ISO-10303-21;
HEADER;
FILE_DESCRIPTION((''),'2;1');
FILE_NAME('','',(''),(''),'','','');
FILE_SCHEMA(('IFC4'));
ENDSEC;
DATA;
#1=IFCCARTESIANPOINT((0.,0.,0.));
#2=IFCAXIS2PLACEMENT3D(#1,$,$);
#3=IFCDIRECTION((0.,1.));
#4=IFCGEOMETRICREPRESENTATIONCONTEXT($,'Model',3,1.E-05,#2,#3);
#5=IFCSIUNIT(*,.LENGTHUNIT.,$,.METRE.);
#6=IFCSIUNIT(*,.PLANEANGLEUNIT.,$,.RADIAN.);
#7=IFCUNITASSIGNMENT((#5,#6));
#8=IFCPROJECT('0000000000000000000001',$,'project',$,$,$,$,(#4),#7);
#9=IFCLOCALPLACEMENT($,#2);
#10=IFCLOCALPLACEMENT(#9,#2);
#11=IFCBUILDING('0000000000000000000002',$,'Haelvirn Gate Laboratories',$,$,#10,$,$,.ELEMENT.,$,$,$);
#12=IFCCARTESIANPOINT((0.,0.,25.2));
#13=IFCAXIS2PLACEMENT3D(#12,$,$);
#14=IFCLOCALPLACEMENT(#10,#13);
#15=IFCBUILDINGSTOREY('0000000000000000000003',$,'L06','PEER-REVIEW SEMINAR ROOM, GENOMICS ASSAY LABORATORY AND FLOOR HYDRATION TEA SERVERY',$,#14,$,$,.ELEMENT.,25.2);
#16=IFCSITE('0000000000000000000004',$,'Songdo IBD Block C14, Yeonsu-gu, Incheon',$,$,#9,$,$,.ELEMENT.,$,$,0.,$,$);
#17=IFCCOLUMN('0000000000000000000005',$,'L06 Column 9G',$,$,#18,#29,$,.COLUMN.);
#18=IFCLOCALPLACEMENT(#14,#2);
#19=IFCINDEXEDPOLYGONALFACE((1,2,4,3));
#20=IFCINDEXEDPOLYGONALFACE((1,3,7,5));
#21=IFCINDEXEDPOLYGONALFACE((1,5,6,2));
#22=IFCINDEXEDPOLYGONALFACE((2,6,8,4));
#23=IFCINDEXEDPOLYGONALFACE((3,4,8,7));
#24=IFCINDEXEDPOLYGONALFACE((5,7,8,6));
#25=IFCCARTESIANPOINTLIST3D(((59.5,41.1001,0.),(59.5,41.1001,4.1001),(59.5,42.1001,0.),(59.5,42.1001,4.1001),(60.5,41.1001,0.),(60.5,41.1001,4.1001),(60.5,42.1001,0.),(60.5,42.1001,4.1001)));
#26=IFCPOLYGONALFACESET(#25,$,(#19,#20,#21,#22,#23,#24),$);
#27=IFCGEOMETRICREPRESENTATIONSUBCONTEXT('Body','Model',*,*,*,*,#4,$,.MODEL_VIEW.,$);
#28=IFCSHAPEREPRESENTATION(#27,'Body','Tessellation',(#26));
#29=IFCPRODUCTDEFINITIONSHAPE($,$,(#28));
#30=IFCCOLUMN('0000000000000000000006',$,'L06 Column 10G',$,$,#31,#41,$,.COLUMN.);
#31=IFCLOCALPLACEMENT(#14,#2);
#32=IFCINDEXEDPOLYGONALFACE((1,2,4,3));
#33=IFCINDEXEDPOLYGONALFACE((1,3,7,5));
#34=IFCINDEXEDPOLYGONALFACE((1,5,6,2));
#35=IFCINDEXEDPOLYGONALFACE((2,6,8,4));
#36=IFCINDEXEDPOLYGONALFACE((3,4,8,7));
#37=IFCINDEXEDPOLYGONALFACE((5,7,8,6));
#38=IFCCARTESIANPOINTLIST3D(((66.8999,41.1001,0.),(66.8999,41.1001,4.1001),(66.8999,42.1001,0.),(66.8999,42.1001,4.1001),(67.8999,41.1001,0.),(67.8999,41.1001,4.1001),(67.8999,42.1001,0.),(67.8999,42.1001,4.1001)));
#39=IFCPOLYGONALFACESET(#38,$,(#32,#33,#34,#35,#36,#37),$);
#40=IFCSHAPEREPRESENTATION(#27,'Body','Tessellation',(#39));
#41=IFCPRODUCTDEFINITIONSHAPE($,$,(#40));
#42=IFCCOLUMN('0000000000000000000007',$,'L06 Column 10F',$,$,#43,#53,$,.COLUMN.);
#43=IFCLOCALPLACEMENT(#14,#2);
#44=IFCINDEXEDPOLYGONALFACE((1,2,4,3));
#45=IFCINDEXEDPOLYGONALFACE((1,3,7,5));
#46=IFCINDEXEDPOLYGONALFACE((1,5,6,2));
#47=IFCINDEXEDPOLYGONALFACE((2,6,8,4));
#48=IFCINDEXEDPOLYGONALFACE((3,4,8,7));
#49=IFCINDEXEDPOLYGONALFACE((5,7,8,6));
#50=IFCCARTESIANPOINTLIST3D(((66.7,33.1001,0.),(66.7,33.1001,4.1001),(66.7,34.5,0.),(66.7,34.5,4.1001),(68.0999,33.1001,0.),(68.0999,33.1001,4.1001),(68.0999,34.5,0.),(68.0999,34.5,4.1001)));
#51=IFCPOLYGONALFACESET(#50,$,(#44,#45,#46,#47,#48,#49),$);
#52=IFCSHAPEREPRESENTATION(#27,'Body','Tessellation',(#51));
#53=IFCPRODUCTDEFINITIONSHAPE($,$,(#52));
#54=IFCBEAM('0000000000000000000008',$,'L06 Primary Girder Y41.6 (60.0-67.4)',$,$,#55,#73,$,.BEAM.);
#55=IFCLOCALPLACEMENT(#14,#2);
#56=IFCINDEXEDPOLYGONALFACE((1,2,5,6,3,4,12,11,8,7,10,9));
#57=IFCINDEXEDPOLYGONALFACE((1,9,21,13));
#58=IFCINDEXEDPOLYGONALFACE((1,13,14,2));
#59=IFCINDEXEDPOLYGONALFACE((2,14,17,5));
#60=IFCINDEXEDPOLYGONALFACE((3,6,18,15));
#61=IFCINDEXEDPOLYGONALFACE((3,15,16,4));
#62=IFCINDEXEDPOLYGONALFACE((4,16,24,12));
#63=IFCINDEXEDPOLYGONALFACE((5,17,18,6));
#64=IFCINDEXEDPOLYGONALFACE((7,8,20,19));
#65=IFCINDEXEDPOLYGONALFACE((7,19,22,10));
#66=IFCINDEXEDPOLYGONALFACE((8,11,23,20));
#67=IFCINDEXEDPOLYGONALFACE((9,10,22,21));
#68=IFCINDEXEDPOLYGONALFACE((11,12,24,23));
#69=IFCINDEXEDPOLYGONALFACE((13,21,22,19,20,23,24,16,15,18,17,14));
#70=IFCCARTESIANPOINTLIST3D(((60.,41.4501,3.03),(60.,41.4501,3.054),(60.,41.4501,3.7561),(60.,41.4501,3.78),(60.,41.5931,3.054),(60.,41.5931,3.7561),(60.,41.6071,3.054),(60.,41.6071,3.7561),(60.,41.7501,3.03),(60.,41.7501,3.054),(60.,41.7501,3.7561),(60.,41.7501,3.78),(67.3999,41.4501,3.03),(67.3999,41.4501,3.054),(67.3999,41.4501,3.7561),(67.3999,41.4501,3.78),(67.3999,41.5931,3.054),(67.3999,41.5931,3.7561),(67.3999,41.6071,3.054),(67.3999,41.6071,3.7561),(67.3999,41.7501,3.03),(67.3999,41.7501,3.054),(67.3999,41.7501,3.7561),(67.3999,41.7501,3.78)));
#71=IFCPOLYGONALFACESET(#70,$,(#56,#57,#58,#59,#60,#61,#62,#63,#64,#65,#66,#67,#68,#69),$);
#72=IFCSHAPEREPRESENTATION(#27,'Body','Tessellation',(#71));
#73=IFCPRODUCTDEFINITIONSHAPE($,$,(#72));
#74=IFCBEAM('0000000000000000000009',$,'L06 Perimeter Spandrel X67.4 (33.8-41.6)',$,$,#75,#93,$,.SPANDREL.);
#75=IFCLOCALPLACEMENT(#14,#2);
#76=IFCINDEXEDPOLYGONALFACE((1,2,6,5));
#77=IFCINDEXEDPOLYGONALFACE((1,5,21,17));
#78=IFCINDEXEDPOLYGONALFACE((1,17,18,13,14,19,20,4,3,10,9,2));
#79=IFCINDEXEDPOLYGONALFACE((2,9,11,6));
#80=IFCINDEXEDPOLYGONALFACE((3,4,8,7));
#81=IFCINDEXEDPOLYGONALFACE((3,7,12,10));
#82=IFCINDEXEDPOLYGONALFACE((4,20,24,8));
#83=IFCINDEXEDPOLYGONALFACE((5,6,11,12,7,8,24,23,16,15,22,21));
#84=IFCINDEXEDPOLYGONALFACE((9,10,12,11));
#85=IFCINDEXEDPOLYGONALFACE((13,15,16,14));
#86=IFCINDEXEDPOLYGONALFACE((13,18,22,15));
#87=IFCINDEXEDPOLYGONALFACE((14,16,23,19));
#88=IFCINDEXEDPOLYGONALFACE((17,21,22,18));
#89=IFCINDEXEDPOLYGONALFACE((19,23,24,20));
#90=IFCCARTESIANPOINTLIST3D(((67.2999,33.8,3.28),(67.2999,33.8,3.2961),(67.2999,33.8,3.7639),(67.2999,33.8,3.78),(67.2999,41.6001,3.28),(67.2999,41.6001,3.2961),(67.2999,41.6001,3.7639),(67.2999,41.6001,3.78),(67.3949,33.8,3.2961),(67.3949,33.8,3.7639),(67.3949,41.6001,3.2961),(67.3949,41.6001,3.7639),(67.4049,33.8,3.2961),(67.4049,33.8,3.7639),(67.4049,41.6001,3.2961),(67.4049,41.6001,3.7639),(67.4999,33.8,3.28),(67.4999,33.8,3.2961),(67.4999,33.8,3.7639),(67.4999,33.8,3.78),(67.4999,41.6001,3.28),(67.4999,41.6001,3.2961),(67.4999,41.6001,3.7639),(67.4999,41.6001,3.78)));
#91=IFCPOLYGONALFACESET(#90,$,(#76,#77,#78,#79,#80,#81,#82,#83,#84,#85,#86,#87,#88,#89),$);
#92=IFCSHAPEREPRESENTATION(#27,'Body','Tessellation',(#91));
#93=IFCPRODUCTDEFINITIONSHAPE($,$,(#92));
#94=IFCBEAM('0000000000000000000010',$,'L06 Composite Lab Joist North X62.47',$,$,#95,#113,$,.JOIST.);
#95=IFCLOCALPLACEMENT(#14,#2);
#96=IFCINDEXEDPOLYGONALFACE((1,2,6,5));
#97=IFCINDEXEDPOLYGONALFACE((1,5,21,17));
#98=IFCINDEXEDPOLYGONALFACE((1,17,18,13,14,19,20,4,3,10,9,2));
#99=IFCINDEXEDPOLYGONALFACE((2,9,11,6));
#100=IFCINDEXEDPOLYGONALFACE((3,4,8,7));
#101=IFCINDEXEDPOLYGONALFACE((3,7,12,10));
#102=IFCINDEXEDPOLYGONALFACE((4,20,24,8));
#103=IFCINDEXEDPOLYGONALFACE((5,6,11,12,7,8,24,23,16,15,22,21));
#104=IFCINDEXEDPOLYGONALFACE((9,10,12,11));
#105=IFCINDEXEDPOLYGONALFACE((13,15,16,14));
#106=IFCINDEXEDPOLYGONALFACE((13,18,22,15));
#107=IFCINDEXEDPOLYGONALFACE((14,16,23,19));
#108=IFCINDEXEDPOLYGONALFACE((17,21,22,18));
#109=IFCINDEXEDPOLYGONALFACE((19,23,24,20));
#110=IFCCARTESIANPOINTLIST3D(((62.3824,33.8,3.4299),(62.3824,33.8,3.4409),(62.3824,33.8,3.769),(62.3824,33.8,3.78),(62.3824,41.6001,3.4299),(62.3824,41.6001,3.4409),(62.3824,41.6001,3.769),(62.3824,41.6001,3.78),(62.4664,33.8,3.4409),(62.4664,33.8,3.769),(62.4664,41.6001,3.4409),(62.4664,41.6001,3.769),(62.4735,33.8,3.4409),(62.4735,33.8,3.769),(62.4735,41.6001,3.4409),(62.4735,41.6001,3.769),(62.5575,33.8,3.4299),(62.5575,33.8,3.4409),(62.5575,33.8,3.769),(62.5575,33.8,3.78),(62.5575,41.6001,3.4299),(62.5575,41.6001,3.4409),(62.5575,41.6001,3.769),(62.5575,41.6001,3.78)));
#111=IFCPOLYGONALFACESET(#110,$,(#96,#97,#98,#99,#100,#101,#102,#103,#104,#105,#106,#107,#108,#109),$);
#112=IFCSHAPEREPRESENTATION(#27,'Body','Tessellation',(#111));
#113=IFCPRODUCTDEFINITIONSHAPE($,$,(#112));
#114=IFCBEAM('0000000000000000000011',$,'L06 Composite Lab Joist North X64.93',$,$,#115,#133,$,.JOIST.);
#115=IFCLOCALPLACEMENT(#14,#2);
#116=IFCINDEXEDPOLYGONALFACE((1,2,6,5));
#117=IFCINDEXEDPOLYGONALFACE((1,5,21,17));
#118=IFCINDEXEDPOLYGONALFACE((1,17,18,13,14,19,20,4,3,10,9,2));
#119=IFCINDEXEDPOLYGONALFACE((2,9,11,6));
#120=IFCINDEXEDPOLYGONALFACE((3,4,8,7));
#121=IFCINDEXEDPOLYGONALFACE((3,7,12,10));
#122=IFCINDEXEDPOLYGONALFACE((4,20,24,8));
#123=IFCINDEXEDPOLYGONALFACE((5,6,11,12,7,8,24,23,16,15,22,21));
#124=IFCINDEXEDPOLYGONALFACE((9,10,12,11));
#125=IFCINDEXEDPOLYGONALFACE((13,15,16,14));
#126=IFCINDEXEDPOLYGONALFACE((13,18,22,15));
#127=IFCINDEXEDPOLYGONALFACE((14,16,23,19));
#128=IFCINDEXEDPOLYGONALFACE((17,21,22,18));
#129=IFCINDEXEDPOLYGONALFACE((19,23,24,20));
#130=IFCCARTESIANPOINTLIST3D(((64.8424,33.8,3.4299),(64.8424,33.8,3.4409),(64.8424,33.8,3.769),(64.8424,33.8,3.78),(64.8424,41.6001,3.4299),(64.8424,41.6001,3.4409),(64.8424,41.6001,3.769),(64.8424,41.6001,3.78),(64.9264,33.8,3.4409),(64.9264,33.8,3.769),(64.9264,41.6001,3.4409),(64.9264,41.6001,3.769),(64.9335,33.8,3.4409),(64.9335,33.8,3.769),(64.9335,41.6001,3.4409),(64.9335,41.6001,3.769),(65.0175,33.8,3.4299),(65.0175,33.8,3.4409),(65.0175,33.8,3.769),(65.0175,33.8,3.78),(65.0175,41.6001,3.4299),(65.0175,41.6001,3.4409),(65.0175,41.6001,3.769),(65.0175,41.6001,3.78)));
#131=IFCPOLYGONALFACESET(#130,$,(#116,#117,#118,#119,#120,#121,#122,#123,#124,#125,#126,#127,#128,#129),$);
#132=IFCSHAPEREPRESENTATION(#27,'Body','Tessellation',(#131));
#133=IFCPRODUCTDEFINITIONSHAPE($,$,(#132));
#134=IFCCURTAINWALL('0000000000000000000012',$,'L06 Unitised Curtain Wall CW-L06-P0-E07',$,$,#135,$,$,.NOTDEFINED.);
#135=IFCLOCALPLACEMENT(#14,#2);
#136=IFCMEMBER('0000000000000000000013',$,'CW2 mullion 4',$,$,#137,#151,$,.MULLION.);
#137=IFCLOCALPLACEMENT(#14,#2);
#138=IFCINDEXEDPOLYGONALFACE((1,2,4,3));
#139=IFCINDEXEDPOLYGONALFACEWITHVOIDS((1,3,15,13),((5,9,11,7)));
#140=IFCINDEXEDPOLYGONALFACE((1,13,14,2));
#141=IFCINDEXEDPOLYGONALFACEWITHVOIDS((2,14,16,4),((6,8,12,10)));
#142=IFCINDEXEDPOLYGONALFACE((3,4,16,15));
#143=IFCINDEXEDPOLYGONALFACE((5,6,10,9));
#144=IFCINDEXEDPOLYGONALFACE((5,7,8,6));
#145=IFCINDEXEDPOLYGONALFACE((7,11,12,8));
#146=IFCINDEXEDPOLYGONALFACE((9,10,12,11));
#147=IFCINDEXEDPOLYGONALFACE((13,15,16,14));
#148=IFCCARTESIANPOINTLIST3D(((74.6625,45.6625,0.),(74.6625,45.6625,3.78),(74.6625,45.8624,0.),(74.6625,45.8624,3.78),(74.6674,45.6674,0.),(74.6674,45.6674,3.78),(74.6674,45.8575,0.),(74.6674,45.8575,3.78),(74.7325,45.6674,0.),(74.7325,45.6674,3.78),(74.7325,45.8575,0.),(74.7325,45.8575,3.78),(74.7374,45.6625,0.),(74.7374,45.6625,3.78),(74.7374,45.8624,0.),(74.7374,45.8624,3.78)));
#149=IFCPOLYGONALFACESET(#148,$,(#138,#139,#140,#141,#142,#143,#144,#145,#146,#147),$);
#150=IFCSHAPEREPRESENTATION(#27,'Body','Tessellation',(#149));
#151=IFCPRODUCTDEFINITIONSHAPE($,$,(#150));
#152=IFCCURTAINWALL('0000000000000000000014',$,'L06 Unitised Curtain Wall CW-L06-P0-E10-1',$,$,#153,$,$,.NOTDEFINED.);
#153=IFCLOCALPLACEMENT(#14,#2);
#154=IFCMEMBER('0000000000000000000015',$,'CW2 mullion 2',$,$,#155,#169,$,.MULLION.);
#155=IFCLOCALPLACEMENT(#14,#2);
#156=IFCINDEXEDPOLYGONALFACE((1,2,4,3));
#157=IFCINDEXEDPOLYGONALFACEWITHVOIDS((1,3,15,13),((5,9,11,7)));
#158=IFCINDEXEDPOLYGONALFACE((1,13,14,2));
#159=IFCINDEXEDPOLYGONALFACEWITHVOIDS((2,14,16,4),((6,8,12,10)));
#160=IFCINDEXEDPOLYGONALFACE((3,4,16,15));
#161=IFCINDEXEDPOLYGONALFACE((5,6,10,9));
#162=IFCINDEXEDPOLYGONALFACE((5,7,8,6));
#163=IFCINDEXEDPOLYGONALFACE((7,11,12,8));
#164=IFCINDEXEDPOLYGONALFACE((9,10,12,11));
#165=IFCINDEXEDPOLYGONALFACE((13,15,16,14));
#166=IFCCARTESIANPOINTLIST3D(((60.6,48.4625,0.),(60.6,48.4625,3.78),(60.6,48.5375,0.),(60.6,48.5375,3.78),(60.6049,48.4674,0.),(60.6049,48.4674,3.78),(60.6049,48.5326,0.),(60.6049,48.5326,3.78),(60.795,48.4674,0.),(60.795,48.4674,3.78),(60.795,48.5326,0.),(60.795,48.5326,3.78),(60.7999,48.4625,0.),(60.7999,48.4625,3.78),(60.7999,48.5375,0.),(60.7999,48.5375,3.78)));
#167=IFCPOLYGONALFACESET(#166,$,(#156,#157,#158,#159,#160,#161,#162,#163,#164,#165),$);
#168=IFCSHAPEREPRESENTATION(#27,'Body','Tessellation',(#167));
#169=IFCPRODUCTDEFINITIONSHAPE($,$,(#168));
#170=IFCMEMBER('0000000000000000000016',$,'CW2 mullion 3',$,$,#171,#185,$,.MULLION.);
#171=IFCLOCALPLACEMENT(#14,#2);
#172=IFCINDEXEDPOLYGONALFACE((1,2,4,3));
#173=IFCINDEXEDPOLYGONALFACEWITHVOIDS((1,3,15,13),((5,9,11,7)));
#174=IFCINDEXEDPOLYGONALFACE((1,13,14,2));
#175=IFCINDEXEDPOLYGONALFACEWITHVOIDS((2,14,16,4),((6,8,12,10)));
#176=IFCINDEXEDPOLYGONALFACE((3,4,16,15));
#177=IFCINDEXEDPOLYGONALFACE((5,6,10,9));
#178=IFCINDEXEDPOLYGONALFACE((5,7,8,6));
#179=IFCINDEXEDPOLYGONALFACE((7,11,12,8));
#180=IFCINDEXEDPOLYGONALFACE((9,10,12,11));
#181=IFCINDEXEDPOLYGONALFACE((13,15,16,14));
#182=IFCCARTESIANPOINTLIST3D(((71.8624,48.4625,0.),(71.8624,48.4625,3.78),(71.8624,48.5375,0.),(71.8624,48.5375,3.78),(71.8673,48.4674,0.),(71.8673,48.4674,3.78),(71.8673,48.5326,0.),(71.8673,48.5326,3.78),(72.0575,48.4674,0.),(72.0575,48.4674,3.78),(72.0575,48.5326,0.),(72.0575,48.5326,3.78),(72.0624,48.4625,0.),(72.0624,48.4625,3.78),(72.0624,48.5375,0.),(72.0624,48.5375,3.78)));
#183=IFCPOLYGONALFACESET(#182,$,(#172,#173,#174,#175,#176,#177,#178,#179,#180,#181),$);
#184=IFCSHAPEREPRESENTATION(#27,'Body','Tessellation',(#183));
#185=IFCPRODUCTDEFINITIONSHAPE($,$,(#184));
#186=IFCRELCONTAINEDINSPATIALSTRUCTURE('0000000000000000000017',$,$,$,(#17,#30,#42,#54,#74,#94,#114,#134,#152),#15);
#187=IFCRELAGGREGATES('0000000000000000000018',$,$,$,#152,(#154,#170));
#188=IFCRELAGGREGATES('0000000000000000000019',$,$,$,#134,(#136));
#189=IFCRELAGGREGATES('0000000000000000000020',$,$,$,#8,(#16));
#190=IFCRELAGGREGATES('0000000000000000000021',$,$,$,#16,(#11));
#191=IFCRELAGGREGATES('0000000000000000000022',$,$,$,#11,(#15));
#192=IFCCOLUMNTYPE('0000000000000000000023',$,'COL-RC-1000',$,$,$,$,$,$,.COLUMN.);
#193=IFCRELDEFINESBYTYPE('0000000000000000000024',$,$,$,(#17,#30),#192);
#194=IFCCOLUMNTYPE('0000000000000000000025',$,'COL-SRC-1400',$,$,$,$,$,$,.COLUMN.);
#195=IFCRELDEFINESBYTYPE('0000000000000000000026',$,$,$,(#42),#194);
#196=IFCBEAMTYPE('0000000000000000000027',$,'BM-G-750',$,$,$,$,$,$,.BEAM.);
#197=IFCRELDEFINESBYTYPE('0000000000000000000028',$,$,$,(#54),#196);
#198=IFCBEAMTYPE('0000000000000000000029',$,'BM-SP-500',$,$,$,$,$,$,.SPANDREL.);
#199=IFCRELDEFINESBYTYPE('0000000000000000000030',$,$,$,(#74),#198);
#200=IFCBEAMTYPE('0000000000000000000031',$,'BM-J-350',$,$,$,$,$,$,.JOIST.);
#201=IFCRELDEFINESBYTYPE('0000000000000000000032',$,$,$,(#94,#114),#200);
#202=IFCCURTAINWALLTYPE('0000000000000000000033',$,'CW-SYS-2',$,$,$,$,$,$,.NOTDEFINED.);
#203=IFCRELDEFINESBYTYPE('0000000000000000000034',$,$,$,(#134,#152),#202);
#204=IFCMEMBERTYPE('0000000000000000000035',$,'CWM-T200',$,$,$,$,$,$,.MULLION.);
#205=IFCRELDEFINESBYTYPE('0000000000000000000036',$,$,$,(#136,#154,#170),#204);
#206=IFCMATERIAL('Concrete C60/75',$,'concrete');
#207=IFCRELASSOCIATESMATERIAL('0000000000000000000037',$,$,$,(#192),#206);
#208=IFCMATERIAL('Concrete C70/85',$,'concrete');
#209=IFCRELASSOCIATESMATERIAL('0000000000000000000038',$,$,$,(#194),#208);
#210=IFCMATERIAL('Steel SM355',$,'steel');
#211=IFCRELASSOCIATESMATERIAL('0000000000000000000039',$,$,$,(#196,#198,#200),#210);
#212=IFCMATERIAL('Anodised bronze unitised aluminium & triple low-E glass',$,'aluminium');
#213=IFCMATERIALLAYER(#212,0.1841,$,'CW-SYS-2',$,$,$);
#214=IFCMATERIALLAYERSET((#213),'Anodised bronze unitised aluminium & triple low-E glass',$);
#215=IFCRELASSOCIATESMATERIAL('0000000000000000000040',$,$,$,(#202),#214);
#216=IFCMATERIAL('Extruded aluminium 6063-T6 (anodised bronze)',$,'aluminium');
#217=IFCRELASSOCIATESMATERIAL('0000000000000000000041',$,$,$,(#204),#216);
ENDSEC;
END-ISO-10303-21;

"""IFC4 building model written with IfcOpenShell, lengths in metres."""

from ifc_helpers import new_model, si_unit, direction, frame, origin, origin_2d, place, context, subcontext, project, spatial, rectangle, hollow_rectangle, i_section, extrude, source, transform, mapped, material, layer, layer_set, material_profile, profile_set, type_object, type_shapes, element, aggregate, save


model = new_model("IFC4")

# Units and contexts
model_context = context("Model", 3, precision=1e-05, world=origin(), true_north=direction((0.0, 1.0)))
body_context = subcontext(model_context, "Body", "Model", "MODEL_VIEW")
ifc_project = project(units=[si_unit("LENGTHUNIT", "METRE"), si_unit("PLANEANGLEUNIT", "RADIAN")], contexts=[model_context])

# Site, building, storey
site_placement = place(None, origin())
site = spatial("IfcSite", under=ifc_project, at=site_placement, Name="Songdo IBD Block C14, Yeonsu-gu, Incheon", CompositionType="ELEMENT", RefElevation=0.0)
building_placement = place(site_placement, origin())
building = spatial("IfcBuilding", under=site, at=building_placement, Name="Haelvirn Gate Laboratories", CompositionType="ELEMENT")
storey_placement = place(building_placement, frame((0.0, 0.0, 25.2)))
storey = spatial("IfcBuildingStorey", under=building, at=storey_placement, Name="L06", Description="PEER-REVIEW SEMINAR ROOM, GENOMICS ASSAY LABORATORY AND FLOOR HYDRATION TEA SERVERY", CompositionType="ELEMENT", Elevation=25.2)

# Columns
ifc_material_1 = material(Name="Concrete C60/75", Category="concrete")
ifc_material_profile_1 = material_profile(ifc_material_1, rectangle(XDim=1.0, YDim=1.0, at=origin_2d()), Name="RC-1000x1000")
ifc_profile_set_1 = profile_set([ifc_material_profile_1], Name="Concrete C60/75")
column_type_1 = type_object("IfcColumnType", Name="COL-RC-1000", PredefinedType="COLUMN", material=ifc_profile_set_1)
shared_shape_1 = source(origin(), body_context, "Body", "SweptSolid", [
    extrude(rectangle(XDim=1.0, YDim=1.0, at=origin_2d()), origin(), (0.0, 0.0, 1.0), 4.1001),
])
type_shapes(column_type_1, [shared_shape_1])
for number, where, z_axis, x_axis, name in (
    (1, (60.0, 41.6001, 0.0), (0.0, 0.0, 1.0), (1.0, 0.0, 0.0), "L06 Column 9G"),
    (2, (67.3999, 41.6001, 0.0), (0.0, 0.0, 1.0), (1.0, 0.0, 0.0), "L06 Column 10G"),
):
    element("IfcColumn", number, at=place(storey_placement, frame(where, z_axis=z_axis, x_axis=x_axis)), inside=storey, type_object=column_type_1, Name=name, PredefinedType="COLUMN", context=body_context, shape_type="MappedRepresentation", body=[
        mapped(shared_shape_1, transform((0.0, 0.0, 0.0), scale=1.0)),
    ])
ifc_material_2 = material(Name="Concrete C70/85", Category="concrete")
ifc_material_profile_2 = material_profile(ifc_material_2, rectangle(XDim=1.3999, YDim=1.3999, at=origin_2d()), Name="SRC-1400x1400")
ifc_profile_set_2 = profile_set([ifc_material_profile_2], Name="Concrete C70/85")
column_type_2 = type_object("IfcColumnType", Name="COL-SRC-1400", PredefinedType="COLUMN", material=ifc_profile_set_2)
shared_shape_2 = source(origin(), body_context, "Body", "SweptSolid", [
    extrude(rectangle(XDim=1.3999, YDim=1.3999, at=origin_2d()), origin(), (0.0, 0.0, 1.0), 4.1001),
])
type_shapes(column_type_2, [shared_shape_2])
column_placement = place(storey_placement, frame((67.3999, 33.8, 0.0), z_axis=(0.0, 0.0, 1.0), x_axis=(1.0, 0.0, 0.0)))
element("IfcColumn", 3, at=column_placement, inside=storey, type_object=column_type_2, Name="L06 Column 10F", PredefinedType="COLUMN", context=body_context, shape_type="MappedRepresentation", body=[
    mapped(shared_shape_2, transform((0.0, 0.0, 0.0), scale=1.0)),
])

# Beams
ifc_material_3 = material(Name="Steel SM355", Category="steel")
ifc_material_profile_3 = material_profile(ifc_material_3, i_section(OverallWidth=0.3, OverallDepth=0.75, WebThickness=0.0139, FlangeThickness=0.0239, at=origin_2d()), Name="H-750x300x14x24")
ifc_profile_set_3 = profile_set([ifc_material_profile_3], Name="Steel SM355")
beam_type_1 = type_object("IfcBeamType", Name="BM-G-750", PredefinedType="BEAM", material=ifc_profile_set_3)
shared_shape_3 = source(origin(), body_context, "Body", "SweptSolid", [
    extrude(i_section(OverallWidth=0.3, OverallDepth=0.75, WebThickness=0.0139, FlangeThickness=0.0239, at=origin_2d()), origin(), (0.0, 0.0, 1.0), 7.3999),
])
type_shapes(beam_type_1, [shared_shape_3])
beam_1_placement = place(storey_placement, frame((60.0, 41.6001, 3.405), z_axis=(1.0, 0.0, 0.0), x_axis=(0.0, 1.0, 0.0)))
element("IfcBeam", 4, at=beam_1_placement, inside=storey, type_object=beam_type_1, Name="L06 Primary Girder Y41.6 (60.0-67.4)", PredefinedType="BEAM", context=body_context, shape_type="MappedRepresentation", body=[
    mapped(shared_shape_3, transform((0.0, 0.0, 0.0), scale=1.0)),
])
ifc_material_profile_4 = material_profile(ifc_material_3, i_section(OverallWidth=0.2, OverallDepth=0.5, WebThickness=0.01, FlangeThickness=0.0161, at=origin_2d()), Name="H-500x200x10x16")
ifc_profile_set_4 = profile_set([ifc_material_profile_4], Name="Steel SM355")
beam_type_2 = type_object("IfcBeamType", Name="BM-SP-500", PredefinedType="SPANDREL", material=ifc_profile_set_4)
shared_shape_4 = source(origin(), body_context, "Body", "SweptSolid", [
    extrude(i_section(OverallWidth=0.2, OverallDepth=0.5, WebThickness=0.01, FlangeThickness=0.0161, at=origin_2d()), origin(), (0.0, 0.0, 1.0), 7.8),
])
type_shapes(beam_type_2, [shared_shape_4])
beam_2_placement = place(storey_placement, frame((67.3999, 33.8, 3.53), z_axis=(0.0, 1.0, 0.0), x_axis=(-1.0, 0.0, 0.0)))
element("IfcBeam", 5, at=beam_2_placement, inside=storey, type_object=beam_type_2, Name="L06 Perimeter Spandrel X67.4 (33.8-41.6)", PredefinedType="SPANDREL", context=body_context, shape_type="MappedRepresentation", body=[
    mapped(shared_shape_4, transform((0.0, 0.0, 0.0), scale=1.0)),
])
ifc_material_profile_5 = material_profile(ifc_material_3, i_section(OverallWidth=0.175, OverallDepth=0.3501, WebThickness=0.0071, FlangeThickness=0.011, at=origin_2d()), Name="H-350x175x7x11")
ifc_profile_set_5 = profile_set([ifc_material_profile_5], Name="Steel SM355")
beam_type_3 = type_object("IfcBeamType", Name="BM-J-350", PredefinedType="JOIST", material=ifc_profile_set_5)
shared_shape_5 = source(origin(), body_context, "Body", "SweptSolid", [
    extrude(i_section(OverallWidth=0.175, OverallDepth=0.3501, WebThickness=0.0071, FlangeThickness=0.011, at=origin_2d()), origin(), (0.0, 0.0, 1.0), 7.8),
])
type_shapes(beam_type_3, [shared_shape_5])
for number, where, z_axis, x_axis, name in (
    (6, (62.47, 33.8, 3.605), (0.0, 1.0, 0.0), (-1.0, 0.0, 0.0), "L06 Composite Lab Joist North X62.47"),
    (7, (64.9299, 33.8, 3.605), (0.0, 1.0, 0.0), (-1.0, 0.0, 0.0), "L06 Composite Lab Joist North X64.93"),
):
    element("IfcBeam", number, at=place(storey_placement, frame(where, z_axis=z_axis, x_axis=x_axis)), inside=storey, type_object=beam_type_3, Name=name, PredefinedType="JOIST", context=body_context, shape_type="MappedRepresentation", body=[
        mapped(shared_shape_5, transform((0.0, 0.0, 0.0), scale=1.0)),
    ])

# Curtain wall, member
ifc_material_4 = material(Name="Anodised bronze unitised aluminium & triple low-E glass", Category="aluminium")
ifc_layer_1 = layer(ifc_material_4, 0.1841, Name="CW-SYS-2")
ifc_layer_set_1 = layer_set([ifc_layer_1], Name="Anodised bronze unitised aluminium & triple low-E glass")
curtain_wall_type_1 = type_object("IfcCurtainWallType", Name="CW-SYS-2", PredefinedType="NOTDEFINED", material=ifc_layer_set_1)
curtain_wall_1_placement = place(storey_placement, origin())
curtain_wall_1 = element("IfcCurtainWall", 8, at=curtain_wall_1_placement, inside=storey, type_object=curtain_wall_type_1, Name="L06 Unitised Curtain Wall CW-L06-P0-E07", PredefinedType="NOTDEFINED")
ifc_material_5 = material(Name="Extruded aluminium 6063-T6 (anodised bronze)", Category="aluminium")
ifc_material_profile_6 = material_profile(ifc_material_5, hollow_rectangle(XDim=0.075, YDim=0.2, WallThickness=0.0049, at=origin_2d()), Name="CWM-200x75x5")
ifc_profile_set_6 = profile_set([ifc_material_profile_6], Name="Extruded aluminium 6063-T6 (anodised bronze)")
member_type_1 = type_object("IfcMemberType", Name="CWM-T200", PredefinedType="MULLION", material=ifc_profile_set_6)
shared_shape_6 = source(origin(), body_context, "Body", "SweptSolid", [
    extrude(hollow_rectangle(XDim=0.075, YDim=0.2, WallThickness=0.0049, at=origin_2d()), origin(), (0.0, 0.0, 1.0), 3.78),
])
type_shapes(member_type_1, [shared_shape_6])
member_1_placement = place(storey_placement, frame((74.7, 45.7625, 0.0), z_axis=(0.0, 0.0, 1.0), x_axis=(-1.0, 0.0, 0.0)))
member_1 = element("IfcMember", 9, at=member_1_placement, type_object=member_type_1, Name="CW2 mullion 4", PredefinedType="MULLION", context=body_context, shape_type="MappedRepresentation", body=[
    mapped(shared_shape_6, transform((0.0, 0.0, 0.0), scale=1.0)),
])

# Curtain wall, members
curtain_wall_2_placement = place(storey_placement, origin())
curtain_wall_2 = element("IfcCurtainWall", 10, at=curtain_wall_2_placement, inside=storey, type_object=curtain_wall_type_1, Name="L06 Unitised Curtain Wall CW-L06-P0-E10-1", PredefinedType="NOTDEFINED")
member_2_placement = place(storey_placement, frame((60.7, 48.5, 0.0), z_axis=(0.0, 0.0, 1.0), x_axis=(0.0, 1.0, 0.0)))
member_2 = element("IfcMember", 11, at=member_2_placement, type_object=member_type_1, Name="CW2 mullion 2", PredefinedType="MULLION", context=body_context, shape_type="MappedRepresentation", body=[
    mapped(shared_shape_6, transform((0.0, 0.0, 0.0), scale=1.0)),
])
member_3_placement = place(storey_placement, frame((71.9624, 48.5, 0.0), z_axis=(0.0, 0.0, 1.0), x_axis=(0.0, 1.0, 0.0)))
member_3 = element("IfcMember", 12, at=member_3_placement, type_object=member_type_1, Name="CW2 mullion 3", PredefinedType="MULLION", context=body_context, shape_type="MappedRepresentation", body=[
    mapped(shared_shape_6, transform((0.0, 0.0, 0.0), scale=1.0)),
])

aggregate(curtain_wall_2, [member_2, member_3])
aggregate(curtain_wall_1, [member_1])

save(model, "model.ifc")
